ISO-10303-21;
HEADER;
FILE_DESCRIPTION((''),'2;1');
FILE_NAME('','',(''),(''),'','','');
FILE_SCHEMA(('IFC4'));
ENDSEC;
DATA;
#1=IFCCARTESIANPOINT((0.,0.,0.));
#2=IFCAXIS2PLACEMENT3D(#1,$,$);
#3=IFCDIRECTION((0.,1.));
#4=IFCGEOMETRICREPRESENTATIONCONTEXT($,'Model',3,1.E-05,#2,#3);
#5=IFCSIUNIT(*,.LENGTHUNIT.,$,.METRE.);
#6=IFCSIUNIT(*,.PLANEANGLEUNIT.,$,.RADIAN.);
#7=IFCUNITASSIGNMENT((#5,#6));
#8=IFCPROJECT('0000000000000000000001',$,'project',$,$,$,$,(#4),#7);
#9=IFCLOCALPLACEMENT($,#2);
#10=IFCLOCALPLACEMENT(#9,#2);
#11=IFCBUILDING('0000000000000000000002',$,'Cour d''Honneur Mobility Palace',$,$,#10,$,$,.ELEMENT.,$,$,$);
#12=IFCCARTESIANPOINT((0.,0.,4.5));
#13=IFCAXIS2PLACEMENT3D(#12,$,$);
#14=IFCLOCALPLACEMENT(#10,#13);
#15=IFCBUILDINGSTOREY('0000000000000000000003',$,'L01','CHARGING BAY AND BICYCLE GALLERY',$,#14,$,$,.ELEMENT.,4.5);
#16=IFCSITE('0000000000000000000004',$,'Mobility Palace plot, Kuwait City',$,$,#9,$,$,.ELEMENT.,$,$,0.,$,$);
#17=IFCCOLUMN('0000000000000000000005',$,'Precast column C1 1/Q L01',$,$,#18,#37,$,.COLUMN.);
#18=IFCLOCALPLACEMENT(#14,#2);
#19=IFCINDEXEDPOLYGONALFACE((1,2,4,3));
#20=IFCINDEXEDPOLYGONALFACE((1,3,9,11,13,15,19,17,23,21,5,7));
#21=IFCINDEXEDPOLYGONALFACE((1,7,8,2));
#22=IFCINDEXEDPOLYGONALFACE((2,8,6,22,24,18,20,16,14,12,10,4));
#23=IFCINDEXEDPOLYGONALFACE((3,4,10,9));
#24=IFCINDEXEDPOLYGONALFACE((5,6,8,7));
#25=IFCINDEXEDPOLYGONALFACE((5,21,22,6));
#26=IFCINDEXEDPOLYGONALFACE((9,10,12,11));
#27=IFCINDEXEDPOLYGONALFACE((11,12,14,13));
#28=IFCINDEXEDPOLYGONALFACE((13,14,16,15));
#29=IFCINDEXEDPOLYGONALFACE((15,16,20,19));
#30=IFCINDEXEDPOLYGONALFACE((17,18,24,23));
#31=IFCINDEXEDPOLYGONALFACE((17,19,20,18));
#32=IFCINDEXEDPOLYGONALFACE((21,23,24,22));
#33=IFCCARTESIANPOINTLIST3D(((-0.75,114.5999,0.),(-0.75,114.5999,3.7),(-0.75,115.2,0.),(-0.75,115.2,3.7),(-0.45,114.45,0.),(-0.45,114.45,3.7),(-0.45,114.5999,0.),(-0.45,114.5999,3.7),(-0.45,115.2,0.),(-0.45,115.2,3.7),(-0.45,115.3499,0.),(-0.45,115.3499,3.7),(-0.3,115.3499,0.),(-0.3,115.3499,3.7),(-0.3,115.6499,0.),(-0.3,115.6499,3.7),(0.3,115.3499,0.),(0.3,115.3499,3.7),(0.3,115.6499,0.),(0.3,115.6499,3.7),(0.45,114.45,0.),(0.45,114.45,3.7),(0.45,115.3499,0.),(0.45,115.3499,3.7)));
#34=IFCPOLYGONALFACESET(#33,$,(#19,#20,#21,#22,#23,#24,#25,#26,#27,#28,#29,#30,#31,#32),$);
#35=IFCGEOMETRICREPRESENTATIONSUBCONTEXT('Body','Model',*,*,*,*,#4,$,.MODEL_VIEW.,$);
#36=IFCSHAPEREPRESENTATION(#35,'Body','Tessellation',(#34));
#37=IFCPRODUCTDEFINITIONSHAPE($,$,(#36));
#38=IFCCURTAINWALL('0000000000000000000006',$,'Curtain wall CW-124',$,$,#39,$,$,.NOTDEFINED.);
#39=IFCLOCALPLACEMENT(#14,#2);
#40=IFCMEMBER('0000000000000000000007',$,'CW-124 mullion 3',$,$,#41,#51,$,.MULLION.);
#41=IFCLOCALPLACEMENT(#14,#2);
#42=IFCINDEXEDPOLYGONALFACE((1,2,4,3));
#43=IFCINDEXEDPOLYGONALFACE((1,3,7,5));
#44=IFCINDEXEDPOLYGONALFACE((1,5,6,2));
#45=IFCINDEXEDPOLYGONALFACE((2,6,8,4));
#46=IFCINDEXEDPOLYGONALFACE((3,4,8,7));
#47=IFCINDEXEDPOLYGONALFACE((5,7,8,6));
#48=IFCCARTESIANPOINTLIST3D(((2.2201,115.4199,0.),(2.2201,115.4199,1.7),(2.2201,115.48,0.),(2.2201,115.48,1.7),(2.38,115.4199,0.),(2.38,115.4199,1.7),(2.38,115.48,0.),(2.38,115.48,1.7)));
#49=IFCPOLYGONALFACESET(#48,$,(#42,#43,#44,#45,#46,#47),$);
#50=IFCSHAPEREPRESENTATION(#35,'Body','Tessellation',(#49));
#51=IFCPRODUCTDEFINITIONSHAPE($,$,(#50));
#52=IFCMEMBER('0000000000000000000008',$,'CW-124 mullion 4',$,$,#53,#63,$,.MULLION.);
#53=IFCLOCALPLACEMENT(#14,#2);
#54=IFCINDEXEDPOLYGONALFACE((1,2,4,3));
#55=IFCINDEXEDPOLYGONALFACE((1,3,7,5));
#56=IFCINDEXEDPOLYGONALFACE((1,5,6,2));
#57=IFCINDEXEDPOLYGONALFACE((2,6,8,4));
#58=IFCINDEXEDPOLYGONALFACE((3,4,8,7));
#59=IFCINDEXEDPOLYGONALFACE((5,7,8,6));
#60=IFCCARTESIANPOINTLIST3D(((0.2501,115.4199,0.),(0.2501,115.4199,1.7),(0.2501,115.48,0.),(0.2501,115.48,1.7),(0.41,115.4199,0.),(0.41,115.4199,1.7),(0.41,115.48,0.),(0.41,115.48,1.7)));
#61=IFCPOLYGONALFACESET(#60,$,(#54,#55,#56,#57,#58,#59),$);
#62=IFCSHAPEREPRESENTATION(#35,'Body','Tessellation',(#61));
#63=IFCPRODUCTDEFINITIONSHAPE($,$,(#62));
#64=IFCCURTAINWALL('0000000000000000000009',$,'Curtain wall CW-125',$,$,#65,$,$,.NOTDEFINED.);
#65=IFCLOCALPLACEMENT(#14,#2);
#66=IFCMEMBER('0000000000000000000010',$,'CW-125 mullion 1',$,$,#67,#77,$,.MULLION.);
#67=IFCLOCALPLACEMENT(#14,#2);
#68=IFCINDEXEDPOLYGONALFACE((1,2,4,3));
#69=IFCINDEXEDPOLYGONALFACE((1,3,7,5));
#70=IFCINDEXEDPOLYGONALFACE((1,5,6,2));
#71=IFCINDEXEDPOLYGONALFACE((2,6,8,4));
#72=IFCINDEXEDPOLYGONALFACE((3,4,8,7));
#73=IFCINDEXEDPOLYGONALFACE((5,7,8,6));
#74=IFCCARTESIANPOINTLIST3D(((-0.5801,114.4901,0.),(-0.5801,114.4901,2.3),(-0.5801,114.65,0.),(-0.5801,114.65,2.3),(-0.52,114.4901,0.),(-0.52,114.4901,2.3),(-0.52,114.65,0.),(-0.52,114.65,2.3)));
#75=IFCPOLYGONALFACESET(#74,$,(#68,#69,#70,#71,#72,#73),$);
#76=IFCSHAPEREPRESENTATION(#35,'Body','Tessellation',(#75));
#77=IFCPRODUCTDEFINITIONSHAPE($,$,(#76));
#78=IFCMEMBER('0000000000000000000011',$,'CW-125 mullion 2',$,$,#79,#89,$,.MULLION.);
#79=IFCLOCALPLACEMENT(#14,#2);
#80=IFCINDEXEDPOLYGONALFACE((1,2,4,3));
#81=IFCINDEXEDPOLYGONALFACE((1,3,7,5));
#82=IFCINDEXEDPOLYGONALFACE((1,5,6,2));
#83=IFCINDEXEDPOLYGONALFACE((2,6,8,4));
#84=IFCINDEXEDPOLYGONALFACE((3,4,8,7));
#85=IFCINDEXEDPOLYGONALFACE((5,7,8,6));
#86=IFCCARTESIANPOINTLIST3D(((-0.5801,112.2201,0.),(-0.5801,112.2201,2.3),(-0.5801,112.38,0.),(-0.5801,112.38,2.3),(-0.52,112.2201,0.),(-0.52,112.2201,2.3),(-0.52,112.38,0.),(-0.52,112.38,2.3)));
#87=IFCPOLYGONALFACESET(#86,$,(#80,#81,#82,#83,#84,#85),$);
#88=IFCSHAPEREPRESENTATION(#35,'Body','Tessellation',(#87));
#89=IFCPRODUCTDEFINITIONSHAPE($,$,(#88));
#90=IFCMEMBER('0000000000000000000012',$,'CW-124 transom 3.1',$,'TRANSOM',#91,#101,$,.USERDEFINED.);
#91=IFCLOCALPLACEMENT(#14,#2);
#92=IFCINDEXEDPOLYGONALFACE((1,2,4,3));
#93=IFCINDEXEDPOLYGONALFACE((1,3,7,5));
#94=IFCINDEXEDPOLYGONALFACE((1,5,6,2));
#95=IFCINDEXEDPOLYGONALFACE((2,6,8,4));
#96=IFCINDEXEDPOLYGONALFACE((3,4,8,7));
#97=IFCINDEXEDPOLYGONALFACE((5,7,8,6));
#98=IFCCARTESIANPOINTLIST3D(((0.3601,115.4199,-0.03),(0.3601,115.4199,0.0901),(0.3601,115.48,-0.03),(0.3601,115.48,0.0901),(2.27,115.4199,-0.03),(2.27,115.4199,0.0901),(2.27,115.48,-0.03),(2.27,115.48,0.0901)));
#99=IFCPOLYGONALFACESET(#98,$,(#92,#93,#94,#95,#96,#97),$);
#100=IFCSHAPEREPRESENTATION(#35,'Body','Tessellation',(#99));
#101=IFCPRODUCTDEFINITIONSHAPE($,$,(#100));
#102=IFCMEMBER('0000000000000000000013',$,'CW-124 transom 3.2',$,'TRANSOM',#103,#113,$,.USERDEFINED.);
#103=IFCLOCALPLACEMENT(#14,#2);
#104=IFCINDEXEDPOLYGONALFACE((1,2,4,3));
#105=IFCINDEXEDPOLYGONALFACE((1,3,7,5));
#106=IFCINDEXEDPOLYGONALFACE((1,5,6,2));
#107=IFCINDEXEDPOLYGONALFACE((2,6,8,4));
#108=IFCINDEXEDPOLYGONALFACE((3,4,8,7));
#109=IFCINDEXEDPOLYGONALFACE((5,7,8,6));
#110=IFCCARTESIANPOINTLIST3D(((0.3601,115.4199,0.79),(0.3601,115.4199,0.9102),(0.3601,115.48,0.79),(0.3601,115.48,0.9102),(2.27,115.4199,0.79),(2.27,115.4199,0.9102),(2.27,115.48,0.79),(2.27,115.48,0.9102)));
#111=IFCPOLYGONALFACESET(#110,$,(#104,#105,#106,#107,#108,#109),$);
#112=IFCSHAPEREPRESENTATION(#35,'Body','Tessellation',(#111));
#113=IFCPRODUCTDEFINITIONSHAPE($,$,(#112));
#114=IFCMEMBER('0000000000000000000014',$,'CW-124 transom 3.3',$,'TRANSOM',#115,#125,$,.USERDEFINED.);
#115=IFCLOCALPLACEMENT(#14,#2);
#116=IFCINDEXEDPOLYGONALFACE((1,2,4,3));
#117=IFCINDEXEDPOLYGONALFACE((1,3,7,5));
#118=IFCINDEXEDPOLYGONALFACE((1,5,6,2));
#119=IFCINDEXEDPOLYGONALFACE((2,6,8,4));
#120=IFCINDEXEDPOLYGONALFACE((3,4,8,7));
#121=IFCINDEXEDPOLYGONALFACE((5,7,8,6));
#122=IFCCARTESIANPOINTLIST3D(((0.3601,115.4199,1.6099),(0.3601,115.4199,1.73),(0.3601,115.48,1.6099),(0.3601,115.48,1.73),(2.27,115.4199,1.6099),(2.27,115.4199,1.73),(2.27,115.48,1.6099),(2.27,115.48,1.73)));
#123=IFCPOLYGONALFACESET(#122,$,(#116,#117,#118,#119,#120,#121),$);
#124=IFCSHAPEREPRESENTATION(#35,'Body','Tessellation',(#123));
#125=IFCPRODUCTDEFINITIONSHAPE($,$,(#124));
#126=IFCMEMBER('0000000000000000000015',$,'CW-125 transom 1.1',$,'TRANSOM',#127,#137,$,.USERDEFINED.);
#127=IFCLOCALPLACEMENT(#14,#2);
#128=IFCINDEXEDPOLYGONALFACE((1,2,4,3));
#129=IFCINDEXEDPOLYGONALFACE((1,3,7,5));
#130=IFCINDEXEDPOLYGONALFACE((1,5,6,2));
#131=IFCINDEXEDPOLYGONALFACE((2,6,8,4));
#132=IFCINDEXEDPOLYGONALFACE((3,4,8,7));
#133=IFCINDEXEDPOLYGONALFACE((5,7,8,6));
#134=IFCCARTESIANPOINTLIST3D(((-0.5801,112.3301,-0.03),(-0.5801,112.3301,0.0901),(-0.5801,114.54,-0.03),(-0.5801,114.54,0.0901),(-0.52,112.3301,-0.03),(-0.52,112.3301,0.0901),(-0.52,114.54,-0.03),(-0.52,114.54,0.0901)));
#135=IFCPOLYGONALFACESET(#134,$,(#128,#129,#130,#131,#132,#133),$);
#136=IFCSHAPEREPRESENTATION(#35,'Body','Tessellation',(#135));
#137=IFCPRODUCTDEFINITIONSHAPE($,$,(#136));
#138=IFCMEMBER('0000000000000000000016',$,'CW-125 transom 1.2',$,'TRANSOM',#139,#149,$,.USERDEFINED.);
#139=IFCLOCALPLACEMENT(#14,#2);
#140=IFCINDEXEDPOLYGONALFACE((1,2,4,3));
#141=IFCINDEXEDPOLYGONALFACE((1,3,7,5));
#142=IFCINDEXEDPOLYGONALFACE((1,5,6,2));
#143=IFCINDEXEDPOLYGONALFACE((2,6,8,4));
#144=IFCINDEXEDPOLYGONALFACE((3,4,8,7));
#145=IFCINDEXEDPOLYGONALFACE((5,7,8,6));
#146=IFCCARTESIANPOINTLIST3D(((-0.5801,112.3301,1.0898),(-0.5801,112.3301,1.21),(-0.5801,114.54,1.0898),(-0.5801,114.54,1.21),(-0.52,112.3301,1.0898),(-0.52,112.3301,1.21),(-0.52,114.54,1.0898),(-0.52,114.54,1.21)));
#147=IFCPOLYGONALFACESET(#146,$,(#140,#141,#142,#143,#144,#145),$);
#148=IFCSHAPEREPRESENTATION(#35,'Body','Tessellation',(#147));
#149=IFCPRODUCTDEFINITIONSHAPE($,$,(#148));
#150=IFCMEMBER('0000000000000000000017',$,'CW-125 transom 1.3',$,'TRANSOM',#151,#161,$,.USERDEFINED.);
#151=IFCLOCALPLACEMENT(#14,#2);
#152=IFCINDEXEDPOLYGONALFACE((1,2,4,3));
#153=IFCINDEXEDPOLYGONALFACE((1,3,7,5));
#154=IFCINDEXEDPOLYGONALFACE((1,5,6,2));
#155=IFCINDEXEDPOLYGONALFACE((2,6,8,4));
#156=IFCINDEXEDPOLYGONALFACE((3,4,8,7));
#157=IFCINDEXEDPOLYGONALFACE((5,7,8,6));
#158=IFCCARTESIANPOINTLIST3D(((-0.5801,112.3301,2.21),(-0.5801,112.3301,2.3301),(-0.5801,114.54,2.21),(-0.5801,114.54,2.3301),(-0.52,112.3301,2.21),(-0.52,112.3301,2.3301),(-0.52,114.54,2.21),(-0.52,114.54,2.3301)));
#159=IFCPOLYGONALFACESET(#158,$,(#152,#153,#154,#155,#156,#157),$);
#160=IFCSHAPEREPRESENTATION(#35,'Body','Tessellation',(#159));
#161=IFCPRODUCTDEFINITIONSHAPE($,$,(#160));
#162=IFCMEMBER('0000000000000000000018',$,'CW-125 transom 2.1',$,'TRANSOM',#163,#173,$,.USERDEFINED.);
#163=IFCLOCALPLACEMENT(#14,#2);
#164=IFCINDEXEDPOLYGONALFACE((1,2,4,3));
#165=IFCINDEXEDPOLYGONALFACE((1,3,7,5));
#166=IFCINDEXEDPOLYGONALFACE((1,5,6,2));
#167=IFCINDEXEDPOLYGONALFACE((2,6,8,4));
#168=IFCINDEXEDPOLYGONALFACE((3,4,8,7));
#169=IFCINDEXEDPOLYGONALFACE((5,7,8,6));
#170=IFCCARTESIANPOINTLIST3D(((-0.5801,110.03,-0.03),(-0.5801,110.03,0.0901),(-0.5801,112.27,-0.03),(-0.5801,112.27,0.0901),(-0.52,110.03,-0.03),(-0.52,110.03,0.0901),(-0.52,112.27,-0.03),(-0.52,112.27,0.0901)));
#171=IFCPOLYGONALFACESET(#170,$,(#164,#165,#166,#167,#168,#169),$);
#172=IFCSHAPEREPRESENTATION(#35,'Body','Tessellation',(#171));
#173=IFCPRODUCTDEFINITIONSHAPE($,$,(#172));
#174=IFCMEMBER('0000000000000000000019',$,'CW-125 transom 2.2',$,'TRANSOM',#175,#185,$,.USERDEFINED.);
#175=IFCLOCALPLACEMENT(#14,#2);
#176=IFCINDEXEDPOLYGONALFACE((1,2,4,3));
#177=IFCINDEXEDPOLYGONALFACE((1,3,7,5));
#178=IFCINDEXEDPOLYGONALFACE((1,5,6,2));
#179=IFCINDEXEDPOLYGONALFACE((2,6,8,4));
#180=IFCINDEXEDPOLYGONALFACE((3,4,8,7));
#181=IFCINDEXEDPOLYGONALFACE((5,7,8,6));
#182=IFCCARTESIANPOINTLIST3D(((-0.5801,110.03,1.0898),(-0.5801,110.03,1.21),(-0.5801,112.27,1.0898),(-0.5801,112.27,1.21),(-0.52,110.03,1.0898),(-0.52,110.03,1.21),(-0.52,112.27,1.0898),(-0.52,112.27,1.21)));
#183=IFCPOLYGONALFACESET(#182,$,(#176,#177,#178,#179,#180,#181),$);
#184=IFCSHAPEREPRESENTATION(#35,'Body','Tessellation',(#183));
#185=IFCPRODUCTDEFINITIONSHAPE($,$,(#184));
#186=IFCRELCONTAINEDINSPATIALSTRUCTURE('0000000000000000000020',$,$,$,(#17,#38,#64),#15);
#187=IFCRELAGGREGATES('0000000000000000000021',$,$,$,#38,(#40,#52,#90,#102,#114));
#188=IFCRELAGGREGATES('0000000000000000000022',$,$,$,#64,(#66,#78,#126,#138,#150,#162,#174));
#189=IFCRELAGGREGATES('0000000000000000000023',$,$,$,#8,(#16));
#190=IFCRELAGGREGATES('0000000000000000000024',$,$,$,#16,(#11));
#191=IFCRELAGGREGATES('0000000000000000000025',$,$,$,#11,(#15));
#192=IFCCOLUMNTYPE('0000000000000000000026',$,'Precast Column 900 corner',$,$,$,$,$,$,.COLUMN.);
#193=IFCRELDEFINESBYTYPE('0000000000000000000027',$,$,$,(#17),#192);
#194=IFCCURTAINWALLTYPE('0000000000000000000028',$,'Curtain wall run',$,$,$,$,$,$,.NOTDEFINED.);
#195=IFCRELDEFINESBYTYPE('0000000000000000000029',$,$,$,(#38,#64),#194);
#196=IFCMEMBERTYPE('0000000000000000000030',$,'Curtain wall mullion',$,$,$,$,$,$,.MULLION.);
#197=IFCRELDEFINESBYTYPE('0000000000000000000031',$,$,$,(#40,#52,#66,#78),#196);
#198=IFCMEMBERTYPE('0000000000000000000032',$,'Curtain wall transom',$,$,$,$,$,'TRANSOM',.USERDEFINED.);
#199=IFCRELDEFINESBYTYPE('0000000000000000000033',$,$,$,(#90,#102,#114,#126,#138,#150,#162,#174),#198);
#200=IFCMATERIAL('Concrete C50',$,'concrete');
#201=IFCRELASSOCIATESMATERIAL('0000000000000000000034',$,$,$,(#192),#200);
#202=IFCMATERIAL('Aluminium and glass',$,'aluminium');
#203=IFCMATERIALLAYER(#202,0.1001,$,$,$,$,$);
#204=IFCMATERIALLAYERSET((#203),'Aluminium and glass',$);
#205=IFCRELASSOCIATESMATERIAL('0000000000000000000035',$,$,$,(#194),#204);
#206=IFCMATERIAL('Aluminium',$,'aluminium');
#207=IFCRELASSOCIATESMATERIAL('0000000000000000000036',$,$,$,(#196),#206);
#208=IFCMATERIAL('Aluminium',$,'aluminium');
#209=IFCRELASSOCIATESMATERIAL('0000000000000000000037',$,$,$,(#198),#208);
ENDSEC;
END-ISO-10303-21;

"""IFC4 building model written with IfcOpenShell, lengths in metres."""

from ifc_helpers import new_model, si_unit, direction, frame, origin, origin_2d, place, context, subcontext, project, spatial, polyline, rectangle, outline, extrude, material, layer, layer_set, material_profile, profile_set, type_object, element, aggregate, save


model = new_model("IFC4")

# Units and contexts
model_context = context("Model", 3, precision=1e-05, world=origin(), true_north=direction((0.0, 1.0)))
body_context = subcontext(model_context, "Body", "Model", "MODEL_VIEW")
ifc_project = project(units=[si_unit("LENGTHUNIT", "METRE"), si_unit("PLANEANGLEUNIT", "RADIAN")], contexts=[model_context])

# Site, building, storey
site_placement = place(None, origin())
site = spatial("IfcSite", under=ifc_project, at=site_placement, Name="Mobility Palace plot, Kuwait City", CompositionType="ELEMENT", RefElevation=0.0)
building_placement = place(site_placement, origin())
building = spatial("IfcBuilding", under=site, at=building_placement, Name="Cour d'Honneur Mobility Palace", CompositionType="ELEMENT")
storey_placement = place(building_placement, frame((0.0, 0.0, 4.5)))
storey = spatial("IfcBuildingStorey", under=building, at=storey_placement, Name="L01", Description="CHARGING BAY AND BICYCLE GALLERY", CompositionType="ELEMENT", Elevation=4.5)

# Column
ifc_material_1 = material(Name="Concrete C50", Category="concrete")
ifc_material_profile_1 = material_profile(ifc_material_1, outline(polyline([(-0.45, -0.45), (0.45, -0.45), (0.45, -0.3), (0.75, -0.3), (0.75, 0.3), (0.45, 0.3), (0.45, 0.45), (0.3, 0.45), (0.3, 0.75), (-0.3, 0.75), (-0.3, 0.45), (-0.45, 0.45), (-0.45, -0.45)])), Name="PC C900 corner")
ifc_profile_set_1 = profile_set([ifc_material_profile_1], Name="Concrete C50")
column_type = type_object("IfcColumnType", Name="Precast Column 900 corner", PredefinedType="COLUMN", material=ifc_profile_set_1)
column_placement = place(storey_placement, frame((0.0, 114.8999, 0.0), z_axis=(0.0, 0.0, 1.0), x_axis=(0.0, 1.0, 0.0)))
element("IfcColumn", 1, at=column_placement, inside=storey, type_object=column_type, Name="Precast column C1 1/Q L01", PredefinedType="COLUMN", context=body_context, shape_type="SweptSolid", body=[
    extrude(outline(polyline([(-0.45, -0.45), (0.45, -0.45), (0.45, -0.3), (0.75, -0.3), (0.75, 0.3), (0.45, 0.3), (0.45, 0.45), (0.3, 0.45), (0.3, 0.75), (-0.3, 0.75), (-0.3, 0.45), (-0.45, 0.45), (-0.45, -0.45)])), origin(), (0.0, 0.0, 1.0), 3.7),
])

# Curtain walls, members
ifc_material_2 = material(Name="Aluminium and glass", Category="aluminium")
ifc_layer_1 = layer(ifc_material_2, 0.1001)
ifc_layer_set_1 = layer_set([ifc_layer_1], Name="Aluminium and glass")
curtain_wall_type = type_object("IfcCurtainWallType", Name="Curtain wall run", PredefinedType="NOTDEFINED", material=ifc_layer_set_1)
curtain_wall_1_placement = place(storey_placement, origin())
curtain_wall_1 = element("IfcCurtainWall", 2, at=curtain_wall_1_placement, inside=storey, type_object=curtain_wall_type, Name="Curtain wall CW-124", PredefinedType="NOTDEFINED")
ifc_material_3 = material(Name="Aluminium", Category="aluminium")
ifc_material_profile_2 = material_profile(ifc_material_3, rectangle(XDim=0.0601, YDim=0.1599, at=origin_2d()), Name="Curtain wall mullion")
ifc_profile_set_2 = profile_set([ifc_material_profile_2], Name="Aluminium")
member_type_1 = type_object("IfcMemberType", Name="Curtain wall mullion", PredefinedType="MULLION", material=ifc_profile_set_2)
member_1_placement = place(storey_placement, frame((2.3, 115.45, 0.0), z_axis=(0.0, 0.0, 1.0), x_axis=(0.0, -1.0, 0.0)))
member_1 = element("IfcMember", 3, at=member_1_placement, type_object=member_type_1, Name="CW-124 mullion 3", PredefinedType="MULLION", context=body_context, shape_type="SweptSolid", body=[
    extrude(rectangle(XDim=0.0601, YDim=0.1599, at=origin_2d()), origin(), (0.0, 0.0, 1.0), 1.7),
])
member_2_placement = place(storey_placement, frame((0.3301, 115.45, 0.0), z_axis=(0.0, 0.0, 1.0), x_axis=(0.0, -1.0, 0.0)))
member_2 = element("IfcMember", 4, at=member_2_placement, type_object=member_type_1, Name="CW-124 mullion 4", PredefinedType="MULLION", context=body_context, shape_type="SweptSolid", body=[
    extrude(rectangle(XDim=0.0601, YDim=0.1599, at=origin_2d()), origin(), (0.0, 0.0, 1.0), 1.7),
])
curtain_wall_2_placement = place(storey_placement, origin())
curtain_wall_2 = element("IfcCurtainWall", 5, at=curtain_wall_2_placement, inside=storey, type_object=curtain_wall_type, Name="Curtain wall CW-125", PredefinedType="NOTDEFINED")
member_3_placement = place(storey_placement, frame((-0.55, 114.5701, 0.0), z_axis=(0.0, 0.0, 1.0), x_axis=(1.0, 0.0, 0.0)))
member_3 = element("IfcMember", 6, at=member_3_placement, type_object=member_type_1, Name="CW-125 mullion 1", PredefinedType="MULLION", context=body_context, shape_type="SweptSolid", body=[
    extrude(rectangle(XDim=0.0601, YDim=0.1599, at=origin_2d()), origin(), (0.0, 0.0, 1.0), 2.3),
])
member_4_placement = place(storey_placement, frame((-0.55, 112.3, 0.0), z_axis=(0.0, 0.0, 1.0), x_axis=(1.0, 0.0, 0.0)))
member_4 = element("IfcMember", 7, at=member_4_placement, type_object=member_type_1, Name="CW-125 mullion 2", PredefinedType="MULLION", context=body_context, shape_type="SweptSolid", body=[
    extrude(rectangle(XDim=0.0601, YDim=0.1599, at=origin_2d()), origin(), (0.0, 0.0, 1.0), 2.3),
])

# Members
ifc_material_4 = material(Name="Aluminium", Category="aluminium")
ifc_material_profile_3 = material_profile(ifc_material_4, rectangle(XDim=0.0601, YDim=0.1201, at=origin_2d()), Name="Curtain wall transom")
ifc_profile_set_3 = profile_set([ifc_material_profile_3], Name="Aluminium")
member_type_2 = type_object("IfcMemberType", Name="Curtain wall transom", ElementType="TRANSOM", PredefinedType="USERDEFINED", material=ifc_profile_set_3)
member_5_placement = place(storey_placement, frame((2.27, 115.45, 0.03), z_axis=(-1.0, 0.0, 0.0), x_axis=(0.0, -1.0, 0.0)))
member_5 = element("IfcMember", 8, at=member_5_placement, type_object=member_type_2, Name="CW-124 transom 3.1", ObjectType="TRANSOM", PredefinedType="USERDEFINED", context=body_context, shape_type="SweptSolid", body=[
    extrude(rectangle(XDim=0.0601, YDim=0.1201, at=origin_2d()), origin(), (0.0, 0.0, 1.0), 1.9099),
])
member_6_placement = place(storey_placement, frame((2.27, 115.45, 0.8501), z_axis=(-1.0, 0.0, 0.0), x_axis=(0.0, -1.0, 0.0)))
member_6 = element("IfcMember", 9, at=member_6_placement, type_object=member_type_2, Name="CW-124 transom 3.2", ObjectType="TRANSOM", PredefinedType="USERDEFINED", context=body_context, shape_type="SweptSolid", body=[
    extrude(rectangle(XDim=0.0601, YDim=0.1201, at=origin_2d()), origin(), (0.0, 0.0, 1.0), 1.9099),
])
member_7_placement = place(storey_placement, frame((2.27, 115.45, 1.6699), z_axis=(-1.0, 0.0, 0.0), x_axis=(0.0, -1.0, 0.0)))
member_7 = element("IfcMember", 10, at=member_7_placement, type_object=member_type_2, Name="CW-124 transom 3.3", ObjectType="TRANSOM", PredefinedType="USERDEFINED", context=body_context, shape_type="SweptSolid", body=[
    extrude(rectangle(XDim=0.0601, YDim=0.1201, at=origin_2d()), origin(), (0.0, 0.0, 1.0), 1.9099),
])
member_8_placement = place(storey_placement, frame((-0.55, 114.54, 0.03), z_axis=(0.0, -1.0, 0.0), x_axis=(1.0, 0.0, 0.0)))
member_8 = element("IfcMember", 11, at=member_8_placement, type_object=member_type_2, Name="CW-125 transom 1.1", ObjectType="TRANSOM", PredefinedType="USERDEFINED", context=body_context, shape_type="SweptSolid", body=[
    extrude(rectangle(XDim=0.0601, YDim=0.1201, at=origin_2d()), origin(), (0.0, 0.0, 1.0), 2.21),
])
member_9_placement = place(storey_placement, frame((-0.55, 114.54, 1.1499), z_axis=(0.0, -1.0, 0.0), x_axis=(1.0, 0.0, 0.0)))
member_9 = element("IfcMember", 12, at=member_9_placement, type_object=member_type_2, Name="CW-125 transom 1.2", ObjectType="TRANSOM", PredefinedType="USERDEFINED", context=body_context, shape_type="SweptSolid", body=[
    extrude(rectangle(XDim=0.0601, YDim=0.1201, at=origin_2d()), origin(), (0.0, 0.0, 1.0), 2.21),
])
member_10_placement = place(storey_placement, frame((-0.55, 114.54, 2.27), z_axis=(0.0, -1.0, 0.0), x_axis=(1.0, 0.0, 0.0)))
member_10 = element("IfcMember", 13, at=member_10_placement, type_object=member_type_2, Name="CW-125 transom 1.3", ObjectType="TRANSOM", PredefinedType="USERDEFINED", context=body_context, shape_type="SweptSolid", body=[
    extrude(rectangle(XDim=0.0601, YDim=0.1201, at=origin_2d()), origin(), (0.0, 0.0, 1.0), 2.21),
])
member_11_placement = place(storey_placement, frame((-0.55, 112.27, 0.03), z_axis=(0.0, -1.0, 0.0), x_axis=(1.0, 0.0, 0.0)))
member_11 = element("IfcMember", 14, at=member_11_placement, type_object=member_type_2, Name="CW-125 transom 2.1", ObjectType="TRANSOM", PredefinedType="USERDEFINED", context=body_context, shape_type="SweptSolid", body=[
    extrude(rectangle(XDim=0.0601, YDim=0.1201, at=origin_2d()), origin(), (0.0, 0.0, 1.0), 2.24),
])
member_12_placement = place(storey_placement, frame((-0.55, 112.27, 1.1499), z_axis=(0.0, -1.0, 0.0), x_axis=(1.0, 0.0, 0.0)))
member_12 = element("IfcMember", 15, at=member_12_placement, type_object=member_type_2, Name="CW-125 transom 2.2", ObjectType="TRANSOM", PredefinedType="USERDEFINED", context=body_context, shape_type="SweptSolid", body=[
    extrude(rectangle(XDim=0.0601, YDim=0.1201, at=origin_2d()), origin(), (0.0, 0.0, 1.0), 2.24),
])

aggregate(curtain_wall_1, [member_1, member_2, member_5, member_6, member_7])
aggregate(curtain_wall_2, [member_3, member_4, member_8, member_9, member_10, member_11, member_12])

save(model, "model.ifc")
